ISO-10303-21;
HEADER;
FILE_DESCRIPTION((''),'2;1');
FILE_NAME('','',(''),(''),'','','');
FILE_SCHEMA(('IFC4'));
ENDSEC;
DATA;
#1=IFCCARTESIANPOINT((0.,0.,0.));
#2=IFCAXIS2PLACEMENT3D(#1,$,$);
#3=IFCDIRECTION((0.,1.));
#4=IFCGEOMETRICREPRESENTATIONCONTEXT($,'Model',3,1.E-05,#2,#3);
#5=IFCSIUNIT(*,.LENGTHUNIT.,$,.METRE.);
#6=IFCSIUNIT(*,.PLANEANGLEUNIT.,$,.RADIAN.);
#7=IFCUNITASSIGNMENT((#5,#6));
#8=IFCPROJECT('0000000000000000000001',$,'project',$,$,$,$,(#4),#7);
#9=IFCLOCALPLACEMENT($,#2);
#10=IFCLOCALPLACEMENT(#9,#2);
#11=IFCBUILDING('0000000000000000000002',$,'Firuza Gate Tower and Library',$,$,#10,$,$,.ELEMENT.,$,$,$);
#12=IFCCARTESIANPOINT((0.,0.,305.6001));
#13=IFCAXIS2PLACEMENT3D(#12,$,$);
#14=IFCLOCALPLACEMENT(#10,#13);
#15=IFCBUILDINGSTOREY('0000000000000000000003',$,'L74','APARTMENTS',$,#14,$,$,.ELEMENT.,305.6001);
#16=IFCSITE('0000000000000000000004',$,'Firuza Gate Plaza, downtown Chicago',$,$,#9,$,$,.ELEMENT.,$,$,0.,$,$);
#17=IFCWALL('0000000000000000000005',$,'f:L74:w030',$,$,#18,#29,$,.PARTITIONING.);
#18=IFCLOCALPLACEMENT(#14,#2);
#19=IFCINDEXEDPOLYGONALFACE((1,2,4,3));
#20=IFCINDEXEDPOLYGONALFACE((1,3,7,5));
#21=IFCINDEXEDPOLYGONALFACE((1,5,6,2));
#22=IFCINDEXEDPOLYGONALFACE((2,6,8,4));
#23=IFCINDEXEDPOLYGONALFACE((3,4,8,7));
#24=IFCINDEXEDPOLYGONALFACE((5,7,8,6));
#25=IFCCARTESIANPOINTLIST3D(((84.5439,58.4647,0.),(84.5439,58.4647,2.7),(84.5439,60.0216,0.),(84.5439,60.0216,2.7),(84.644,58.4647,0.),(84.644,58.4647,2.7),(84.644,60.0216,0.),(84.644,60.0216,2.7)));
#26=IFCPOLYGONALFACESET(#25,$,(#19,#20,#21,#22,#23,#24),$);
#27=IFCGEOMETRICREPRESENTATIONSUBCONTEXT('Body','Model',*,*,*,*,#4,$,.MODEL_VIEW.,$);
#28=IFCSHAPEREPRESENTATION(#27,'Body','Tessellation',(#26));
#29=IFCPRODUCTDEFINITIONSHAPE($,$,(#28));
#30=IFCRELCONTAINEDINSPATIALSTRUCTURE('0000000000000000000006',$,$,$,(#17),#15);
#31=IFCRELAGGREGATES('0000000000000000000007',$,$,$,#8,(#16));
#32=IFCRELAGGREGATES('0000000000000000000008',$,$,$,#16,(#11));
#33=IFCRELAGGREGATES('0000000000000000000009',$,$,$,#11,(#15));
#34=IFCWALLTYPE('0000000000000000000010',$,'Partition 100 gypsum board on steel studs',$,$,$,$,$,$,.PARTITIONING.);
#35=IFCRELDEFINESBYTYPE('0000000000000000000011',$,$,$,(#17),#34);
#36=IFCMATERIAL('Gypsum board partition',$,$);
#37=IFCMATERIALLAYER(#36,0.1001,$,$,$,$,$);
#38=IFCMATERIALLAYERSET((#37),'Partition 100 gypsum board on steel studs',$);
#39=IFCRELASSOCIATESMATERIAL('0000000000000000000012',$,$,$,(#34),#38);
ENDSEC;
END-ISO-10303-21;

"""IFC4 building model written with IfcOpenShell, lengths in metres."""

from ifc_helpers import new_model, si_unit, direction, frame, frame_2d, origin, place, context, subcontext, project, spatial, rectangle, extrude, material, layer, layer_set, type_object, element, save


model = new_model("IFC4")

# Units and contexts
model_context = context("Model", 3, precision=1e-05, world=origin(), true_north=direction((0.0, 1.0)))
body_context = subcontext(model_context, "Body", "Model", "MODEL_VIEW")
ifc_project = project(units=[si_unit("LENGTHUNIT", "METRE"), si_unit("PLANEANGLEUNIT", "RADIAN")], contexts=[model_context])

# Site, building, storey
site_placement = place(None, origin())
site = spatial("IfcSite", under=ifc_project, at=site_placement, Name="Firuza Gate Plaza, downtown Chicago", CompositionType="ELEMENT", RefElevation=0.0)
building_placement = place(site_placement, origin())
building = spatial("IfcBuilding", under=site, at=building_placement, Name="Firuza Gate Tower and Library", CompositionType="ELEMENT")
storey_placement = place(building_placement, frame((0.0, 0.0, 305.6001)))
storey = spatial("IfcBuildingStorey", under=building, at=storey_placement, Name="L74", Description="APARTMENTS", CompositionType="ELEMENT", Elevation=305.6001)

# Wall
ifc_material_1 = material(Name="Gypsum board partition")
ifc_layer_1 = layer(ifc_material_1, 0.1001)
ifc_layer_set_1 = layer_set([ifc_layer_1], Name="Partition 100 gypsum board on steel studs")
wall_type = type_object("IfcWallType", Name="Partition 100 gypsum board on steel studs", PredefinedType="PARTITIONING", material=ifc_layer_set_1)
wall_placement = place(storey_placement, frame((84.594, 58.4648, 0.0), z_axis=(0.0, 0.0, 1.0), x_axis=(0.0, 1.0, 0.0)))
element("IfcWall", 1, at=wall_placement, inside=storey, type_object=wall_type, Name="f:L74:w030", PredefinedType="PARTITIONING", context=body_context, shape_type="SweptSolid", body=[
    extrude(rectangle(XDim=1.5569, YDim=0.1001, at=frame_2d((0.7783, 0.0))), origin(), (0.0, 0.0, 1.0), 2.7),
])

save(model, "model.ifc")
